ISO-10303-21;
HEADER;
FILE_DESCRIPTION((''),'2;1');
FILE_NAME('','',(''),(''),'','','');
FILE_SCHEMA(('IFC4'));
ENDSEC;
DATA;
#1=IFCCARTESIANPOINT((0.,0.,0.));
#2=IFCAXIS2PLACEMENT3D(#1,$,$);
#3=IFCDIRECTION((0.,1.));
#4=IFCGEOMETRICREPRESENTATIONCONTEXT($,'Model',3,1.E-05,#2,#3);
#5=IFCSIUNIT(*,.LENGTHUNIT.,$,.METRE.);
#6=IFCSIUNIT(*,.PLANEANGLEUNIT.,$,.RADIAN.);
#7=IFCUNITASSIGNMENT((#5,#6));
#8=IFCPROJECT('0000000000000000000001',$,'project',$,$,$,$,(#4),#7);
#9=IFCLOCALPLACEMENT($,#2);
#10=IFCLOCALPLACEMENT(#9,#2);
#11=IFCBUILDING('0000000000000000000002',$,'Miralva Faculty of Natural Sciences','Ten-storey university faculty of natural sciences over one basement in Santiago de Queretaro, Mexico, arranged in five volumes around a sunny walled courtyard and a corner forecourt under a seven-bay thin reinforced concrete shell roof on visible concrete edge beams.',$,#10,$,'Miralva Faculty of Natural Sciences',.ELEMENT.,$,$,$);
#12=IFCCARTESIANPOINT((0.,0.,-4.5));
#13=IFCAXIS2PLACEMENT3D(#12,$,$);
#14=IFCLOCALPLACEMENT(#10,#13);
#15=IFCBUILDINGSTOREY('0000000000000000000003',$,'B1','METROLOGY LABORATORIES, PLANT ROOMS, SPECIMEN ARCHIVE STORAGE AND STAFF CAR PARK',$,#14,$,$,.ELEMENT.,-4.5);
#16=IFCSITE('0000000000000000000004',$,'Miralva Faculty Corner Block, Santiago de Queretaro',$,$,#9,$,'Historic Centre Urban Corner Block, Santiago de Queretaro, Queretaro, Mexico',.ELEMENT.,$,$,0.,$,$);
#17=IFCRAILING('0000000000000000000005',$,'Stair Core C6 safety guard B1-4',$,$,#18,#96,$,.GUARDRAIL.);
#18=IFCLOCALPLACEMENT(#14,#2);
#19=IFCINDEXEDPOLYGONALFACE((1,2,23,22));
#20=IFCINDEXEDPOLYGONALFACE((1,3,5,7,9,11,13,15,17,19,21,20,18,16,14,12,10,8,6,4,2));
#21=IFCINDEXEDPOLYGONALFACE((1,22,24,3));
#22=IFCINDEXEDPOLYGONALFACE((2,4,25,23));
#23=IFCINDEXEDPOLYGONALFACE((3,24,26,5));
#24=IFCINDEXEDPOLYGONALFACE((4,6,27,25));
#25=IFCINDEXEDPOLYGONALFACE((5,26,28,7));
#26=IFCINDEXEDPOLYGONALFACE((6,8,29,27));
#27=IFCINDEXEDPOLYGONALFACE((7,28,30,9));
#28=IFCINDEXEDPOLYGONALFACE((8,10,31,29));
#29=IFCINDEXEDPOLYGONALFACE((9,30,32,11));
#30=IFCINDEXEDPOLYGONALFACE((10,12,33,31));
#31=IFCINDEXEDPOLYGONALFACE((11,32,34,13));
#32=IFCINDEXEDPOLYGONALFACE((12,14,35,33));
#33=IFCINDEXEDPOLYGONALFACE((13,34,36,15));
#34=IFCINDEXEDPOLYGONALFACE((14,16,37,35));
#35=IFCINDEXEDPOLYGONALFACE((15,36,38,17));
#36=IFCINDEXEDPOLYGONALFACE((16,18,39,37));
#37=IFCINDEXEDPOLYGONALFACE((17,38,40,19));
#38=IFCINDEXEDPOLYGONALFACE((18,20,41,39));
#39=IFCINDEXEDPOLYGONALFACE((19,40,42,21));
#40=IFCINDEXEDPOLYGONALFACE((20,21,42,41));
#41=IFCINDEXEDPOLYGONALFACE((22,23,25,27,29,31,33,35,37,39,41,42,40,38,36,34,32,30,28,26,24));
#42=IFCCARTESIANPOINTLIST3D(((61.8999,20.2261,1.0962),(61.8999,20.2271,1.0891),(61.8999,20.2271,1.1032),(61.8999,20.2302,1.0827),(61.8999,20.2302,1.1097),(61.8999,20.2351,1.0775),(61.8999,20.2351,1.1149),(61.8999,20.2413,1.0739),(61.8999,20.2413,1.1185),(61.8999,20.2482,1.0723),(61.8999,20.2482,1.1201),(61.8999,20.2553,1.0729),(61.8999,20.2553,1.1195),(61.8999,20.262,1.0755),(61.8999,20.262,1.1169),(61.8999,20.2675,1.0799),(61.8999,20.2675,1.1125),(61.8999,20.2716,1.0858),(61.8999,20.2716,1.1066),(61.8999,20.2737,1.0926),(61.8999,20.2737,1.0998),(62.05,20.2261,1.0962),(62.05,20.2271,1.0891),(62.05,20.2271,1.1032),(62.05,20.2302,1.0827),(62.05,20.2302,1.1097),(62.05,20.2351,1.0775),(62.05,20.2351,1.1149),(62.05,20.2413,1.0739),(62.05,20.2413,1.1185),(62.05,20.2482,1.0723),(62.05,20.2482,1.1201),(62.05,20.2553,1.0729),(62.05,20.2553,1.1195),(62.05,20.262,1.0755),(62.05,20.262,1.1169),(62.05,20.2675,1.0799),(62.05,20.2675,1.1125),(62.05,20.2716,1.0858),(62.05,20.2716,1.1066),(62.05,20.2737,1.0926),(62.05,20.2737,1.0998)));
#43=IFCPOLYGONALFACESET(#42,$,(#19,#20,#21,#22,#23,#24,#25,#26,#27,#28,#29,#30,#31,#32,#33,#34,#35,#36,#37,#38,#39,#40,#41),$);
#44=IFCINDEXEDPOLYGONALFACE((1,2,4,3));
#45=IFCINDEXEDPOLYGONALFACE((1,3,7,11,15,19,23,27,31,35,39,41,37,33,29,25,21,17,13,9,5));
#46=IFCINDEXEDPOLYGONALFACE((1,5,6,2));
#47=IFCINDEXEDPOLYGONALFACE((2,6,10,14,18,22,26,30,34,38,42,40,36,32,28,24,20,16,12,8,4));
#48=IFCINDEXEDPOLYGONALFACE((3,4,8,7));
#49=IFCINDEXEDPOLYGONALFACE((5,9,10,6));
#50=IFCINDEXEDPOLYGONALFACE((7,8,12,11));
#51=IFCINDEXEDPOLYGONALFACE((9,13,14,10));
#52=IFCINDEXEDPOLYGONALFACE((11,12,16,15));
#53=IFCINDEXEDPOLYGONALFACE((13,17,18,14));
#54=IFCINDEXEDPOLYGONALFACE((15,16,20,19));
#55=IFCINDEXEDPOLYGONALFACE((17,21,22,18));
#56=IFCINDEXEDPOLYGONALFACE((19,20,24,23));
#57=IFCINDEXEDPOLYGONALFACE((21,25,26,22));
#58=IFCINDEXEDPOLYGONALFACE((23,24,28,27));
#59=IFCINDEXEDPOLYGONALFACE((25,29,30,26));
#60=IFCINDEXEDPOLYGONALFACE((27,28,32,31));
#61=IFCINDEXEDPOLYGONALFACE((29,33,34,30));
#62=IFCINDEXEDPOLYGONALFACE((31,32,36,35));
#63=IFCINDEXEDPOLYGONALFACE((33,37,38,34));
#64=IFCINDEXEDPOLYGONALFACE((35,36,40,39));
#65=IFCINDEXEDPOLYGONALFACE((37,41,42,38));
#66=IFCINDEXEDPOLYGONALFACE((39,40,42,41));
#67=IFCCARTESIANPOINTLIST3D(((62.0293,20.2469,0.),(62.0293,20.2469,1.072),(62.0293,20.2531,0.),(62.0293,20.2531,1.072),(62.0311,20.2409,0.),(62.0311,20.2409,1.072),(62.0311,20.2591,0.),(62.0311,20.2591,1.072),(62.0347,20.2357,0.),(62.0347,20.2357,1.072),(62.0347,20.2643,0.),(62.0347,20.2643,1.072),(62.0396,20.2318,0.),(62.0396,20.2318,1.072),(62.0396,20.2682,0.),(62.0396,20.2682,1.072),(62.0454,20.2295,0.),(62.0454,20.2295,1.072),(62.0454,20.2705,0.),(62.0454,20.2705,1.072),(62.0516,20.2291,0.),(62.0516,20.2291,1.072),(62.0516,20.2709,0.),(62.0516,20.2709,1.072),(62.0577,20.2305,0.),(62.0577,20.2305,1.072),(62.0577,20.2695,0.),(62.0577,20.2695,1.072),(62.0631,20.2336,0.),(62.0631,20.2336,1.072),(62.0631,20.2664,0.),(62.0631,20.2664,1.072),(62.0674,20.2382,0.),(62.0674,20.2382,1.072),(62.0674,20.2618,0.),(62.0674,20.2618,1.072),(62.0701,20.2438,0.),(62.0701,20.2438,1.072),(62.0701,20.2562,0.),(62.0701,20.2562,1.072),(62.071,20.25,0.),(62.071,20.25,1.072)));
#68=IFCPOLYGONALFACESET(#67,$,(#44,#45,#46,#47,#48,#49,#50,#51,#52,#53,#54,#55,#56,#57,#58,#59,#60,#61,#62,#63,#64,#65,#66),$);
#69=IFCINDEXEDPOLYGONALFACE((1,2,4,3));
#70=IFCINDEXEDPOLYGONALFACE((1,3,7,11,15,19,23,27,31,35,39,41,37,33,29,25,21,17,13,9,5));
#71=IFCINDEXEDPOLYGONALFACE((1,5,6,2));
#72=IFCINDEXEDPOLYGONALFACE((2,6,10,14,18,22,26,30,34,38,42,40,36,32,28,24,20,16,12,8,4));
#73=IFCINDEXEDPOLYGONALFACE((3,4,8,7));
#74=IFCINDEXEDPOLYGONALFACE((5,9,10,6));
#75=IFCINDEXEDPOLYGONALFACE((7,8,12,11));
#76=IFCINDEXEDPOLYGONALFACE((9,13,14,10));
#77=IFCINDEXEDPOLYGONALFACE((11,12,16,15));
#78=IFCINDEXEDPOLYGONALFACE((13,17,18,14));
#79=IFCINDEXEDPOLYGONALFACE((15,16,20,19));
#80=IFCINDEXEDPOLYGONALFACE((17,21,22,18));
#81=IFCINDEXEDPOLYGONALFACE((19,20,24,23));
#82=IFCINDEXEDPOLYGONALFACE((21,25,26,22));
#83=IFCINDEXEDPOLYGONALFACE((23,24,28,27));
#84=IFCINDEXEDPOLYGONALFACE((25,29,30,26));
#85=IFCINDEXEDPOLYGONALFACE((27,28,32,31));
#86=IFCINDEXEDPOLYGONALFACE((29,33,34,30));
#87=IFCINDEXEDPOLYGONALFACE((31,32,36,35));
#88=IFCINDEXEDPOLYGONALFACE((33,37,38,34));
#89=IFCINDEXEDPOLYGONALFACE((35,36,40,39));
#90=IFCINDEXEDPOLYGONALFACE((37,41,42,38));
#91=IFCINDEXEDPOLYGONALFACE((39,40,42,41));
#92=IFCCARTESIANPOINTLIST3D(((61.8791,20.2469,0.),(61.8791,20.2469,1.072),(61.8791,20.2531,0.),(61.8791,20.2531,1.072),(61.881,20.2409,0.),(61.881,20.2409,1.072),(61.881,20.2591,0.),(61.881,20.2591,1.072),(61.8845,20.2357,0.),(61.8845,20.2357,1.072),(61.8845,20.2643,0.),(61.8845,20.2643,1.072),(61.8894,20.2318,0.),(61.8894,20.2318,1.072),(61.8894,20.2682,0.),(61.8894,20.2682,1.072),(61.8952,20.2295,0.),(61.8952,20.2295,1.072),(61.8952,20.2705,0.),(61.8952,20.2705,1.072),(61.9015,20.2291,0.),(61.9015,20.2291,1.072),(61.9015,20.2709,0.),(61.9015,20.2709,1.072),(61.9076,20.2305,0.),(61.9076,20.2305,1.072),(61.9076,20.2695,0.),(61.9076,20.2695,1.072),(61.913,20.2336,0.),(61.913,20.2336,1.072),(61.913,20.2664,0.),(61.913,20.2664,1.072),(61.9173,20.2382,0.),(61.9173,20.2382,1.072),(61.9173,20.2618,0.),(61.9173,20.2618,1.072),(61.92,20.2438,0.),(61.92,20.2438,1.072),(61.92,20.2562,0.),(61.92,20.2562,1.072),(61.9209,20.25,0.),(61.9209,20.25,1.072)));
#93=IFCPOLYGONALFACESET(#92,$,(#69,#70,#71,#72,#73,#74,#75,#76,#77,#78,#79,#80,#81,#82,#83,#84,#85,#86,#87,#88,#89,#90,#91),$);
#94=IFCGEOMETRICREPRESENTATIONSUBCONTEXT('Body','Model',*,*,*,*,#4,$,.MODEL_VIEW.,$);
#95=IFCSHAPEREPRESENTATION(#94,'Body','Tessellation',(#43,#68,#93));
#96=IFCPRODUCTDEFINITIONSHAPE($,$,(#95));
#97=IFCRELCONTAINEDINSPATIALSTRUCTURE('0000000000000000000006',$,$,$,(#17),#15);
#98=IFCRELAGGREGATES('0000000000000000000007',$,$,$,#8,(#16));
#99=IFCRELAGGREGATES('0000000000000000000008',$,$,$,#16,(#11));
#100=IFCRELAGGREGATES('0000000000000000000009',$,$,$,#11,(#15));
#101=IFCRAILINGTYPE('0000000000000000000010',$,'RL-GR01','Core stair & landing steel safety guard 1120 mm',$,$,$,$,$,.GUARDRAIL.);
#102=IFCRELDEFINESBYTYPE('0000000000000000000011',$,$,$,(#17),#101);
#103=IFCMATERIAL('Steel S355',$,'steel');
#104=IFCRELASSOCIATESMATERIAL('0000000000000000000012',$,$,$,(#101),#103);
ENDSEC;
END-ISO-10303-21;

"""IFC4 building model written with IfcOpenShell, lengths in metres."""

from ifc_helpers import new_model, si_unit, direction, frame, origin, origin_2d, place, context, subcontext, project, spatial, circle, extrude, material, type_object, element, save


model = new_model("IFC4")

# Units and contexts
model_context = context("Model", 3, precision=1e-05, world=origin(), true_north=direction((0.0, 1.0)))
body_context = subcontext(model_context, "Body", "Model", "MODEL_VIEW")
ifc_project = project(units=[si_unit("LENGTHUNIT", "METRE"), si_unit("PLANEANGLEUNIT", "RADIAN")], contexts=[model_context])

# Site, building, storey
site_placement = place(None, origin())
site = spatial("IfcSite", under=ifc_project, at=site_placement, Name="Miralva Faculty Corner Block, Santiago de Queretaro", LongName="Historic Centre Urban Corner Block, Santiago de Queretaro, Queretaro, Mexico", CompositionType="ELEMENT", RefElevation=0.0)
building_placement = place(site_placement, origin())
building = spatial("IfcBuilding", under=site, at=building_placement, Name="Miralva Faculty of Natural Sciences", Description="Ten-storey university faculty of natural sciences over one basement in Santiago de Queretaro, Mexico, arranged in five volumes around a sunny walled courtyard and a corner forecourt under a seven-bay thin reinforced concrete shell roof on visible concrete edge beams.", LongName="Miralva Faculty of Natural Sciences", CompositionType="ELEMENT")
storey_placement = place(building_placement, frame((0.0, 0.0, -4.5)))
storey = spatial("IfcBuildingStorey", under=building, at=storey_placement, Name="B1", Description="METROLOGY LABORATORIES, PLANT ROOMS, SPECIMEN ARCHIVE STORAGE AND STAFF CAR PARK", CompositionType="ELEMENT", Elevation=-4.5)

# Railing
ifc_material_1 = material(Name="Steel S355", Category="steel")
railing_type_1 = type_object("IfcRailingType", Name="RL-GR01", Description="Core stair & landing steel safety guard 1120 mm", PredefinedType="GUARDRAIL", material=ifc_material_1)
railing_1_placement = place(storey_placement, frame((62.05, 20.25, 0.0)))
element("IfcRailing", 1, at=railing_1_placement, inside=storey, type_object=railing_type_1, Name="Stair Core C6 safety guard B1-4", PredefinedType="GUARDRAIL", context=body_context, shape_type="SweptSolid", body=[
    extrude(circle(Radius=0.0239, at=origin_2d()), frame((0.0, 0.0, 1.0962), z_axis=(-1.0, 0.0, 0.0), x_axis=(0.0, -1.0, 0.0)), (0.0, 0.0, 1.0), 0.1501),
    extrude(circle(Radius=0.021, at=origin_2d()), origin(), (0.0, 0.0, 1.0), 1.072),
    extrude(circle(Radius=0.021, at=origin_2d()), frame((-0.1501, 0.0, 0.0)), (0.0, 0.0, 1.0), 1.072),
])

save(model, "model.ifc")
